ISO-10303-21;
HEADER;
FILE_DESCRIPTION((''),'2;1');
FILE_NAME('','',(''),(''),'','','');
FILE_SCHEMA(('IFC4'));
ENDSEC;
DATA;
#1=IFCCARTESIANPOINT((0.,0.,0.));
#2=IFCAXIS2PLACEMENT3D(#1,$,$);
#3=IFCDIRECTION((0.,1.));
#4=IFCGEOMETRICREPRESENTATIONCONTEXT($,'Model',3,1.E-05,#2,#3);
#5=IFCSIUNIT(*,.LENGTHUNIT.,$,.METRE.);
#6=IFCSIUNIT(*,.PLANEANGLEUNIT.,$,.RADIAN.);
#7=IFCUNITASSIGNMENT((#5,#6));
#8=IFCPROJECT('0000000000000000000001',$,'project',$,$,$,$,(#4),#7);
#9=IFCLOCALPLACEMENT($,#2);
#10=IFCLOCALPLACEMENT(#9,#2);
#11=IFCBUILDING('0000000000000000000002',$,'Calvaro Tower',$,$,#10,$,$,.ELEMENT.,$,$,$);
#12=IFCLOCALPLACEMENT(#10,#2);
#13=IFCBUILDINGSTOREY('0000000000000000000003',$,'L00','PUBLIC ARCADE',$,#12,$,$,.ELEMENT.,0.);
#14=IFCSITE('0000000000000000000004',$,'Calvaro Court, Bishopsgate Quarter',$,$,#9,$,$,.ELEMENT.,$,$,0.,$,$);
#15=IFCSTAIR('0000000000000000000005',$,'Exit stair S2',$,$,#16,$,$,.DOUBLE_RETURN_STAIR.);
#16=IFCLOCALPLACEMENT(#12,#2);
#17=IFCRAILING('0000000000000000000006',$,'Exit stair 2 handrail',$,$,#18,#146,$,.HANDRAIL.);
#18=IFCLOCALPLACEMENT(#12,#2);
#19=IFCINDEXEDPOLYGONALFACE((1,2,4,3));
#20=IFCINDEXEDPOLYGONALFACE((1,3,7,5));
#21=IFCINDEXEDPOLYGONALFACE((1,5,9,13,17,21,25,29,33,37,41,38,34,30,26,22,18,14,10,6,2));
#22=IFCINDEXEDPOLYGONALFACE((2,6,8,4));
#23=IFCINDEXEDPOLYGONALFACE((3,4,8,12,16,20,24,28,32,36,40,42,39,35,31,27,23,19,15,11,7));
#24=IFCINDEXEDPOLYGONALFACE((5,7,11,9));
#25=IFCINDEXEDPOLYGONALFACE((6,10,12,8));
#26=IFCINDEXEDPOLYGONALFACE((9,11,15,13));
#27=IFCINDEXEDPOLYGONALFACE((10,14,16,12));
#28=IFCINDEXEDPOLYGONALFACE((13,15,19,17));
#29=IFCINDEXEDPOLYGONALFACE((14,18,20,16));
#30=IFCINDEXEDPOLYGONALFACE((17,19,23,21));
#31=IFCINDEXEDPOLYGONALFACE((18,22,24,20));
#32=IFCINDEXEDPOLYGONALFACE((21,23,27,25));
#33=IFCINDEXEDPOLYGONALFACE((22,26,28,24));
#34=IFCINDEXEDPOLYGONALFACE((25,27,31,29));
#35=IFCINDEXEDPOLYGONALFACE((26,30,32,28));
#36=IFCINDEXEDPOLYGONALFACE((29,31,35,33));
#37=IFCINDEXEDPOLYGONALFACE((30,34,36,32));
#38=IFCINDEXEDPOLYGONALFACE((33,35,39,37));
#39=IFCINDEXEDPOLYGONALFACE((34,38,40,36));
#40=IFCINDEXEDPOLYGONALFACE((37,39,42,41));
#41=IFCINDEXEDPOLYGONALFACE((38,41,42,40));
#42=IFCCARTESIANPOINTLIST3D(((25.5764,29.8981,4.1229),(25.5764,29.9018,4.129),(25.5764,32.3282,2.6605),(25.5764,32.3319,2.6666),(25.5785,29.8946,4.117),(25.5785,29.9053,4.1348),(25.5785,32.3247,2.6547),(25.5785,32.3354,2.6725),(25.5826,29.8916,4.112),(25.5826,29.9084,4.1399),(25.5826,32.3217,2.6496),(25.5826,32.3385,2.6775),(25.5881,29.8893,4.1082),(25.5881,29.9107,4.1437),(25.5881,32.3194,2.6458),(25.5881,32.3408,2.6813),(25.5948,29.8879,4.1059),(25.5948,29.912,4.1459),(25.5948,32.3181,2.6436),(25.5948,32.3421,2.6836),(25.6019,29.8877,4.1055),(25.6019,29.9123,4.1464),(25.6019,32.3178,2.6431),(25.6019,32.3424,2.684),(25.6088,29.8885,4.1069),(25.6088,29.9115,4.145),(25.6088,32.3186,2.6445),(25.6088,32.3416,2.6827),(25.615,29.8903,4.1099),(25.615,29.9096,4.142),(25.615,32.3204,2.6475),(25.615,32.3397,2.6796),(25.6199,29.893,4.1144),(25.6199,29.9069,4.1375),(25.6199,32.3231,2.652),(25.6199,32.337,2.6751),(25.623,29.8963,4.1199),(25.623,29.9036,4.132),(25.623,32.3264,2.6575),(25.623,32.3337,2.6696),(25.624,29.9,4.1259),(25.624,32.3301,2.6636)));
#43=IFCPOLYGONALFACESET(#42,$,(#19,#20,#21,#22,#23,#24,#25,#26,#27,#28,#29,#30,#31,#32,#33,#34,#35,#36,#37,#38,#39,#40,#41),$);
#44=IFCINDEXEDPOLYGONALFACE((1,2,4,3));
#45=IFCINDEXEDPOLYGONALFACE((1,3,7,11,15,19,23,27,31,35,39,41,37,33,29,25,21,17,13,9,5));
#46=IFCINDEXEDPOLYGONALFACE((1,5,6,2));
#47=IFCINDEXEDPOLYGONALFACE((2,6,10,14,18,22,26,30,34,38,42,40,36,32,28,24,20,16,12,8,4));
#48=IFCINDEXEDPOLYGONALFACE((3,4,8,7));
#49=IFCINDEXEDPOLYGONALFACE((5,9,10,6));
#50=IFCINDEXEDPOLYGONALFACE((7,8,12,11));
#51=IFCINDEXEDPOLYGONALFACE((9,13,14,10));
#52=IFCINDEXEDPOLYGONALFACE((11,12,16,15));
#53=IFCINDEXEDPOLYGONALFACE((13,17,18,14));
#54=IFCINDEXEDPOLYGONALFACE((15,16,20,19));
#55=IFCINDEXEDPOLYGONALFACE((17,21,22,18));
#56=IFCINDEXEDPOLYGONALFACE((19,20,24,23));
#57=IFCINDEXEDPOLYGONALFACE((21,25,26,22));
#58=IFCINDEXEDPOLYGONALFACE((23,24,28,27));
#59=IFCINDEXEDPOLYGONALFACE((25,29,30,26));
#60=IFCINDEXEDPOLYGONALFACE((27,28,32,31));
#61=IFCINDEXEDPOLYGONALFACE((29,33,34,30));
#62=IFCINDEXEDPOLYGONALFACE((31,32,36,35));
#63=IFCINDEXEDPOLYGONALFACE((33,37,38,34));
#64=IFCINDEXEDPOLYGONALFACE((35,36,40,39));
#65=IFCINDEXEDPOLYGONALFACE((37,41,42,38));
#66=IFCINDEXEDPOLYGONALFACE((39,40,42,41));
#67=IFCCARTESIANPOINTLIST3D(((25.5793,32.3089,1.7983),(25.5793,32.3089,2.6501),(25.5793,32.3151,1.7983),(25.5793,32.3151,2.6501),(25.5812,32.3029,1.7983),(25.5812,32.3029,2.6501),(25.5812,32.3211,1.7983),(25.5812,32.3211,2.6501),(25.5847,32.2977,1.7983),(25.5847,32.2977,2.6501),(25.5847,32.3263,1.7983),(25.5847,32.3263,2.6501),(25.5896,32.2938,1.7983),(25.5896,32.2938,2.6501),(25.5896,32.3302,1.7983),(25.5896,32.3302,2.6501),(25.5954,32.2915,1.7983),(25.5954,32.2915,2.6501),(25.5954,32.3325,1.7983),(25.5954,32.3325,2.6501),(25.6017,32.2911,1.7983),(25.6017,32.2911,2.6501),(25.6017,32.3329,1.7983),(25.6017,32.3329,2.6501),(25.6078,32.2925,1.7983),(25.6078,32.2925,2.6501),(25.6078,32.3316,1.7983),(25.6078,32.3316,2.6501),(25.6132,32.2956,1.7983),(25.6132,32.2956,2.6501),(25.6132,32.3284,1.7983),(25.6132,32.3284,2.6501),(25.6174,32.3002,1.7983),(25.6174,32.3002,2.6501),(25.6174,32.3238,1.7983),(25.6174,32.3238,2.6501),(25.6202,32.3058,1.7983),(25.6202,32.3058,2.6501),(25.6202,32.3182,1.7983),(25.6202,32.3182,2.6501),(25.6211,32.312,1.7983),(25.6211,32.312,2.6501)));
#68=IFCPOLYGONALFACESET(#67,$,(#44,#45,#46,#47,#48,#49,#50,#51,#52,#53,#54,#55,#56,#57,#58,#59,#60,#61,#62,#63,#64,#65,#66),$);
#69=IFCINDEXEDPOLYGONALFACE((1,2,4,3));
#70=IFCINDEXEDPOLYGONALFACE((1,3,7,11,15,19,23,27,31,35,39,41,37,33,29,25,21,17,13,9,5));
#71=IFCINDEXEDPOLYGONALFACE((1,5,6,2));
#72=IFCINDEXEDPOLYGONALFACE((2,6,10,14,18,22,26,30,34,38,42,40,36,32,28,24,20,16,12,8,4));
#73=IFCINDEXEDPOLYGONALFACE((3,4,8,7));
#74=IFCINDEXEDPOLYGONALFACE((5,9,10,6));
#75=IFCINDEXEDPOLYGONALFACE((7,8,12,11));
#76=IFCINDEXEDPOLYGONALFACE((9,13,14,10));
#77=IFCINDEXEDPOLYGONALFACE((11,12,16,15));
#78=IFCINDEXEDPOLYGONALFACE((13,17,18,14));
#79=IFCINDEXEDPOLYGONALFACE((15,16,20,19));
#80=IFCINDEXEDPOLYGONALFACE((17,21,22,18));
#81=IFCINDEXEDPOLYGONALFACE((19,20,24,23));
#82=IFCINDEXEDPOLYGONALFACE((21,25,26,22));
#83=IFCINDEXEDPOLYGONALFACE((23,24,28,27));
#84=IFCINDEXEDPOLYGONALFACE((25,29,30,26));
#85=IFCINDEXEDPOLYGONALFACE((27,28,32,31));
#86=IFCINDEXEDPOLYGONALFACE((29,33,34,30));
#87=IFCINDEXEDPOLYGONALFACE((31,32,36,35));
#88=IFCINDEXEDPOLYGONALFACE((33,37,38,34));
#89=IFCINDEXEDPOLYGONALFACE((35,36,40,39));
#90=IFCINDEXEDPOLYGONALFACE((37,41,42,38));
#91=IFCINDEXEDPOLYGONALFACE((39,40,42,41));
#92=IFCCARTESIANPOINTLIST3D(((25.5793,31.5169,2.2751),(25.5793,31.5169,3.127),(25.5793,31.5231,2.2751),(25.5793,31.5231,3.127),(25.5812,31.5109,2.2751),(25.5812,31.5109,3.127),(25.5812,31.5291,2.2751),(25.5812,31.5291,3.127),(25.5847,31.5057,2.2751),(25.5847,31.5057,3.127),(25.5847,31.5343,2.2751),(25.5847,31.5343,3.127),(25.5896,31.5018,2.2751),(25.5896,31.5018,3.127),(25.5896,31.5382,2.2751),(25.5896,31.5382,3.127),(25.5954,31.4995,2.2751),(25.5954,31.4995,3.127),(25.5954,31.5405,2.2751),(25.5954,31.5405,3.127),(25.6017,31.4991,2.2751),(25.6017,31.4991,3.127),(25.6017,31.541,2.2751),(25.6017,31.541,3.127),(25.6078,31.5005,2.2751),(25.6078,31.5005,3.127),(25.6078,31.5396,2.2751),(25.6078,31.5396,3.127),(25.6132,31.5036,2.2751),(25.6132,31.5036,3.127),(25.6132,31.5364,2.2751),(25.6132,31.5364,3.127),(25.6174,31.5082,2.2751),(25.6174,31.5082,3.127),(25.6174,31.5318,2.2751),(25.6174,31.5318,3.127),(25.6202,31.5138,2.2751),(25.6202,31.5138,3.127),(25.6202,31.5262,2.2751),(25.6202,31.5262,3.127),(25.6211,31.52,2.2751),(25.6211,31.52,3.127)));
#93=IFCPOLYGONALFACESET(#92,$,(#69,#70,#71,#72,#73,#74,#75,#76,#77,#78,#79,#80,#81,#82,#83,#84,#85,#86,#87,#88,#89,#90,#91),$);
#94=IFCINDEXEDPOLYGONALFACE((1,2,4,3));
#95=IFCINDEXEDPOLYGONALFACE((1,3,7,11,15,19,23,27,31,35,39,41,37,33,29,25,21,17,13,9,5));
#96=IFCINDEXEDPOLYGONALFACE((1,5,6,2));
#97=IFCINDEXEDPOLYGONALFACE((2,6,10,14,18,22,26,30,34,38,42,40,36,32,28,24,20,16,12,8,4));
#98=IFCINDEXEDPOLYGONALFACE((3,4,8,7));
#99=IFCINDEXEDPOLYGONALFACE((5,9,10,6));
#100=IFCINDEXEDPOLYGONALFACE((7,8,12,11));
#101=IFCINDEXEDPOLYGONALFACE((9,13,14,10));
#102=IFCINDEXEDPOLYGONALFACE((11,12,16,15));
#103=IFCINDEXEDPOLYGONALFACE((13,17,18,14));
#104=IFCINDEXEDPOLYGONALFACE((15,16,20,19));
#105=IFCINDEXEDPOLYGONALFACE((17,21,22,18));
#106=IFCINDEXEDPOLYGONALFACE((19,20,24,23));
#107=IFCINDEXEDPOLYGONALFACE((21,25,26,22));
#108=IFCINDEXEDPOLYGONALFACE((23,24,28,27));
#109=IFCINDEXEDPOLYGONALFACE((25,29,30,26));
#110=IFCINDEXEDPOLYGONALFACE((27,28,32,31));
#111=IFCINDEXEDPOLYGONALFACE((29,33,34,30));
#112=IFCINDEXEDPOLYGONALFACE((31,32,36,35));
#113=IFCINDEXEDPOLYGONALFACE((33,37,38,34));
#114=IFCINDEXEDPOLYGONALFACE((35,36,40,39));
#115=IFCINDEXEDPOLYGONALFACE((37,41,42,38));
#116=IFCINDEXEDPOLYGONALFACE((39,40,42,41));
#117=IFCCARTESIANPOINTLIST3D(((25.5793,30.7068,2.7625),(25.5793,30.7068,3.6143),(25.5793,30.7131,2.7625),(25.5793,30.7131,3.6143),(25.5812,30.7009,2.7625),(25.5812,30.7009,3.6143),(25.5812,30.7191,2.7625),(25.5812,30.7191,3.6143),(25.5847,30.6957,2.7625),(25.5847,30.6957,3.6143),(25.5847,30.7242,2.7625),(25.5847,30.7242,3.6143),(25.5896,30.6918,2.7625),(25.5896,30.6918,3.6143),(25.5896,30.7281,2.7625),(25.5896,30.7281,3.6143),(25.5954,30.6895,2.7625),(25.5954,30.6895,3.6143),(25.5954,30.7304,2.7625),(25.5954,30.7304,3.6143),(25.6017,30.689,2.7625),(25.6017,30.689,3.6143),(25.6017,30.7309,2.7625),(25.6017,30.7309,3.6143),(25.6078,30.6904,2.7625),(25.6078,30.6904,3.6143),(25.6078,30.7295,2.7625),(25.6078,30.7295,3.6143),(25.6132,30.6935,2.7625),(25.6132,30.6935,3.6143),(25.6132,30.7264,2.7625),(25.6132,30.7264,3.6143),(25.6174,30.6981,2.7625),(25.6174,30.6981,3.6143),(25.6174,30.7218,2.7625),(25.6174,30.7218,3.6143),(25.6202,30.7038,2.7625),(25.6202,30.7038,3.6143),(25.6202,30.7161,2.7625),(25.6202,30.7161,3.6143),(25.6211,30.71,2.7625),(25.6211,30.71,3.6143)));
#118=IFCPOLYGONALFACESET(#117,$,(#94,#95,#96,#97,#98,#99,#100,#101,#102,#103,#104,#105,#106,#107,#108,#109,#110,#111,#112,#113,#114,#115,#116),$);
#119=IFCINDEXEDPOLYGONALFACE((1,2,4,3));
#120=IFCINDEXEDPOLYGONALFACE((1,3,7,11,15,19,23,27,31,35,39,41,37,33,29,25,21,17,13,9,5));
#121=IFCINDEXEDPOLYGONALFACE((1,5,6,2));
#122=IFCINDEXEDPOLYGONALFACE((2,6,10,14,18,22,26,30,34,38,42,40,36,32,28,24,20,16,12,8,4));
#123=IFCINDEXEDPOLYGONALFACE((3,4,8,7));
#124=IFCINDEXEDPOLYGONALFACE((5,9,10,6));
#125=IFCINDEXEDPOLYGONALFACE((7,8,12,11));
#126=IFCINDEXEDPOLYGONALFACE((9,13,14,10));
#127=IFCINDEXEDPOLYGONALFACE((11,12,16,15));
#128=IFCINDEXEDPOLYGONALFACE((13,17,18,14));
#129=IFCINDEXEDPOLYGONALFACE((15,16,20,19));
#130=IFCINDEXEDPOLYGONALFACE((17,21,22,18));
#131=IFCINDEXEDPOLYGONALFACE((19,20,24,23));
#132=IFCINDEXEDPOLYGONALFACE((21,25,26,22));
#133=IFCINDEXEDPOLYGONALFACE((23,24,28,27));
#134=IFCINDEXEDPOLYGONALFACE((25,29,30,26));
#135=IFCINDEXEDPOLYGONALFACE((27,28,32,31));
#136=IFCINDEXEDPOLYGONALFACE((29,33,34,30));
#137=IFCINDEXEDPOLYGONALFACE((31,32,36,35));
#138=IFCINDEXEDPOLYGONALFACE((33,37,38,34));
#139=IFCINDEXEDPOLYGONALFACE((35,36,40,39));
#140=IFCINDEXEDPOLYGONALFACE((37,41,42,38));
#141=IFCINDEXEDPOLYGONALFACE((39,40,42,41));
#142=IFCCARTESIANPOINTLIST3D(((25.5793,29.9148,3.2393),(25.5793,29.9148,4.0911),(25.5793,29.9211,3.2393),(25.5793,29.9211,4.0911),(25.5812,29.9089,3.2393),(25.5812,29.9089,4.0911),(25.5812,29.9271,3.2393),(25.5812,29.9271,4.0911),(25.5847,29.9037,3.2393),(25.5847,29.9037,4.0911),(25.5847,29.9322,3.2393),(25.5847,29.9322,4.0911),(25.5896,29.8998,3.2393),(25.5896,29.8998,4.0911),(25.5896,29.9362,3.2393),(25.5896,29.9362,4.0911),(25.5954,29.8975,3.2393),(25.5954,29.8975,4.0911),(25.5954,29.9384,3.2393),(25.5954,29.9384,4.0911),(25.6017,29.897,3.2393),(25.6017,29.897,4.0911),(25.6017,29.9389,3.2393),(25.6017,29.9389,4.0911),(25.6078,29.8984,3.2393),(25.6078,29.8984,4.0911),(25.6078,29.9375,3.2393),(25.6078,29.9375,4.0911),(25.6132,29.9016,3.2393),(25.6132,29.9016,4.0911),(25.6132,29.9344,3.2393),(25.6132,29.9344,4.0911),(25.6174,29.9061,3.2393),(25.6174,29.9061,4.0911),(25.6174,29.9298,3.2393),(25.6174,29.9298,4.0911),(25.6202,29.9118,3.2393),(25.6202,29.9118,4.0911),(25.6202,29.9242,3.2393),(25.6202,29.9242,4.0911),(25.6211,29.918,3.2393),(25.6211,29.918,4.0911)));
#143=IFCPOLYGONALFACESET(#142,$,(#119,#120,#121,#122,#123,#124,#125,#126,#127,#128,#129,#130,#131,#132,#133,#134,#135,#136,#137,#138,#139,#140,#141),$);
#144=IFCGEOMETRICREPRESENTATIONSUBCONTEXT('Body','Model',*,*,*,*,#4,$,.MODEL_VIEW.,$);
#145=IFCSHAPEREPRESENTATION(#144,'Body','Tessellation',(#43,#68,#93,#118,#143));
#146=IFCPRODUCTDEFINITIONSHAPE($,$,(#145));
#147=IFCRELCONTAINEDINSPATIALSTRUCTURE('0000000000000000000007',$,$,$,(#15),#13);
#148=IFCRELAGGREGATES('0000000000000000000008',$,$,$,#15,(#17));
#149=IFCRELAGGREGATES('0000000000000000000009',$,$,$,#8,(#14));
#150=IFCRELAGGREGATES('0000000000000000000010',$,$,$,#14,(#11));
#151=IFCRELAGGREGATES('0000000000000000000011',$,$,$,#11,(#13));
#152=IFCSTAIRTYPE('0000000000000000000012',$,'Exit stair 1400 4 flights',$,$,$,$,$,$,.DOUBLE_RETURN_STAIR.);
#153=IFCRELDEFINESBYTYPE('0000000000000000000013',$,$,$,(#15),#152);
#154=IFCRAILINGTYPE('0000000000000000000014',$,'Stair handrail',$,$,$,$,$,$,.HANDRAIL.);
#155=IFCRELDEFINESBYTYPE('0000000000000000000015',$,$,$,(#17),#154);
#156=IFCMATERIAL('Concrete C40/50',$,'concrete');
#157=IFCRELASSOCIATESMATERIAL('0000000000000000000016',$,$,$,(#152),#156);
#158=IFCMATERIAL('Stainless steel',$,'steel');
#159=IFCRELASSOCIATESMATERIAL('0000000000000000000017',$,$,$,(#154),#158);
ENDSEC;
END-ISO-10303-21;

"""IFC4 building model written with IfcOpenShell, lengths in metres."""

from ifc_helpers import new_model, si_unit, direction, frame, origin, origin_2d, place, context, subcontext, project, spatial, circle, extrude, material, type_object, element, aggregate, save


model = new_model("IFC4")

# Units and contexts
model_context = context("Model", 3, precision=1e-05, world=origin(), true_north=direction((0.0, 1.0)))
body_context = subcontext(model_context, "Body", "Model", "MODEL_VIEW")
ifc_project = project(units=[si_unit("LENGTHUNIT", "METRE"), si_unit("PLANEANGLEUNIT", "RADIAN")], contexts=[model_context])

# Site, building, storey
site_placement = place(None, origin())
site = spatial("IfcSite", under=ifc_project, at=site_placement, Name="Calvaro Court, Bishopsgate Quarter", CompositionType="ELEMENT", RefElevation=0.0)
building_placement = place(site_placement, origin())
building = spatial("IfcBuilding", under=site, at=building_placement, Name="Calvaro Tower", CompositionType="ELEMENT")
storey_placement = place(building_placement, origin())
storey = spatial("IfcBuildingStorey", under=building, at=storey_placement, Name="L00", Description="PUBLIC ARCADE", CompositionType="ELEMENT", Elevation=0.0)

# Stair, railing
ifc_material_1 = material(Name="Concrete C40/50", Category="concrete")
stair_type = type_object("IfcStairType", Name="Exit stair 1400 4 flights", PredefinedType="DOUBLE_RETURN_STAIR", material=ifc_material_1)
stair_placement = place(storey_placement, origin())
stair = element("IfcStair", 1, at=stair_placement, inside=storey, type_object=stair_type, Name="Exit stair S2", PredefinedType="DOUBLE_RETURN_STAIR")
ifc_material_2 = material(Name="Stainless steel", Category="steel")
railing_type = type_object("IfcRailingType", Name="Stair handrail", PredefinedType="HANDRAIL", material=ifc_material_2)
railing_1_placement = place(storey_placement, frame((25.6001, 32.3301, 1.7876)))
railing_1 = element("IfcRailing", 2, at=railing_1_placement, type_object=railing_type, Name="Exit stair 2 handrail", PredefinedType="HANDRAIL", context=body_context, shape_type="SweptSolid", body=[
    extrude(circle(Radius=0.0239, at=origin_2d()), frame((0.0, 0.0, 0.876), z_axis=(0.0, -0.856824, 0.515609), x_axis=(1.0, 0.0, 0.0)), (0.0, 0.0, 1.0), 2.8362),
    extrude(circle(Radius=0.021, at=origin_2d()), frame((0.0, -0.0181, 0.0107)), (0.0, 0.0, 1.0), 0.8518),
    extrude(circle(Radius=0.021, at=origin_2d()), frame((0.0, -0.8101, 0.4875)), (0.0, 0.0, 1.0), 0.8518),
    extrude(circle(Radius=0.021, at=origin_2d()), frame((0.0, -1.6201, 0.9749)), (0.0, 0.0, 1.0), 0.8518),
    extrude(circle(Radius=0.021, at=origin_2d()), frame((0.0, -2.4121, 1.4517)), (0.0, 0.0, 1.0), 0.8518),
])
aggregate(stair, [railing_1])

save(model, "model.ifc")
